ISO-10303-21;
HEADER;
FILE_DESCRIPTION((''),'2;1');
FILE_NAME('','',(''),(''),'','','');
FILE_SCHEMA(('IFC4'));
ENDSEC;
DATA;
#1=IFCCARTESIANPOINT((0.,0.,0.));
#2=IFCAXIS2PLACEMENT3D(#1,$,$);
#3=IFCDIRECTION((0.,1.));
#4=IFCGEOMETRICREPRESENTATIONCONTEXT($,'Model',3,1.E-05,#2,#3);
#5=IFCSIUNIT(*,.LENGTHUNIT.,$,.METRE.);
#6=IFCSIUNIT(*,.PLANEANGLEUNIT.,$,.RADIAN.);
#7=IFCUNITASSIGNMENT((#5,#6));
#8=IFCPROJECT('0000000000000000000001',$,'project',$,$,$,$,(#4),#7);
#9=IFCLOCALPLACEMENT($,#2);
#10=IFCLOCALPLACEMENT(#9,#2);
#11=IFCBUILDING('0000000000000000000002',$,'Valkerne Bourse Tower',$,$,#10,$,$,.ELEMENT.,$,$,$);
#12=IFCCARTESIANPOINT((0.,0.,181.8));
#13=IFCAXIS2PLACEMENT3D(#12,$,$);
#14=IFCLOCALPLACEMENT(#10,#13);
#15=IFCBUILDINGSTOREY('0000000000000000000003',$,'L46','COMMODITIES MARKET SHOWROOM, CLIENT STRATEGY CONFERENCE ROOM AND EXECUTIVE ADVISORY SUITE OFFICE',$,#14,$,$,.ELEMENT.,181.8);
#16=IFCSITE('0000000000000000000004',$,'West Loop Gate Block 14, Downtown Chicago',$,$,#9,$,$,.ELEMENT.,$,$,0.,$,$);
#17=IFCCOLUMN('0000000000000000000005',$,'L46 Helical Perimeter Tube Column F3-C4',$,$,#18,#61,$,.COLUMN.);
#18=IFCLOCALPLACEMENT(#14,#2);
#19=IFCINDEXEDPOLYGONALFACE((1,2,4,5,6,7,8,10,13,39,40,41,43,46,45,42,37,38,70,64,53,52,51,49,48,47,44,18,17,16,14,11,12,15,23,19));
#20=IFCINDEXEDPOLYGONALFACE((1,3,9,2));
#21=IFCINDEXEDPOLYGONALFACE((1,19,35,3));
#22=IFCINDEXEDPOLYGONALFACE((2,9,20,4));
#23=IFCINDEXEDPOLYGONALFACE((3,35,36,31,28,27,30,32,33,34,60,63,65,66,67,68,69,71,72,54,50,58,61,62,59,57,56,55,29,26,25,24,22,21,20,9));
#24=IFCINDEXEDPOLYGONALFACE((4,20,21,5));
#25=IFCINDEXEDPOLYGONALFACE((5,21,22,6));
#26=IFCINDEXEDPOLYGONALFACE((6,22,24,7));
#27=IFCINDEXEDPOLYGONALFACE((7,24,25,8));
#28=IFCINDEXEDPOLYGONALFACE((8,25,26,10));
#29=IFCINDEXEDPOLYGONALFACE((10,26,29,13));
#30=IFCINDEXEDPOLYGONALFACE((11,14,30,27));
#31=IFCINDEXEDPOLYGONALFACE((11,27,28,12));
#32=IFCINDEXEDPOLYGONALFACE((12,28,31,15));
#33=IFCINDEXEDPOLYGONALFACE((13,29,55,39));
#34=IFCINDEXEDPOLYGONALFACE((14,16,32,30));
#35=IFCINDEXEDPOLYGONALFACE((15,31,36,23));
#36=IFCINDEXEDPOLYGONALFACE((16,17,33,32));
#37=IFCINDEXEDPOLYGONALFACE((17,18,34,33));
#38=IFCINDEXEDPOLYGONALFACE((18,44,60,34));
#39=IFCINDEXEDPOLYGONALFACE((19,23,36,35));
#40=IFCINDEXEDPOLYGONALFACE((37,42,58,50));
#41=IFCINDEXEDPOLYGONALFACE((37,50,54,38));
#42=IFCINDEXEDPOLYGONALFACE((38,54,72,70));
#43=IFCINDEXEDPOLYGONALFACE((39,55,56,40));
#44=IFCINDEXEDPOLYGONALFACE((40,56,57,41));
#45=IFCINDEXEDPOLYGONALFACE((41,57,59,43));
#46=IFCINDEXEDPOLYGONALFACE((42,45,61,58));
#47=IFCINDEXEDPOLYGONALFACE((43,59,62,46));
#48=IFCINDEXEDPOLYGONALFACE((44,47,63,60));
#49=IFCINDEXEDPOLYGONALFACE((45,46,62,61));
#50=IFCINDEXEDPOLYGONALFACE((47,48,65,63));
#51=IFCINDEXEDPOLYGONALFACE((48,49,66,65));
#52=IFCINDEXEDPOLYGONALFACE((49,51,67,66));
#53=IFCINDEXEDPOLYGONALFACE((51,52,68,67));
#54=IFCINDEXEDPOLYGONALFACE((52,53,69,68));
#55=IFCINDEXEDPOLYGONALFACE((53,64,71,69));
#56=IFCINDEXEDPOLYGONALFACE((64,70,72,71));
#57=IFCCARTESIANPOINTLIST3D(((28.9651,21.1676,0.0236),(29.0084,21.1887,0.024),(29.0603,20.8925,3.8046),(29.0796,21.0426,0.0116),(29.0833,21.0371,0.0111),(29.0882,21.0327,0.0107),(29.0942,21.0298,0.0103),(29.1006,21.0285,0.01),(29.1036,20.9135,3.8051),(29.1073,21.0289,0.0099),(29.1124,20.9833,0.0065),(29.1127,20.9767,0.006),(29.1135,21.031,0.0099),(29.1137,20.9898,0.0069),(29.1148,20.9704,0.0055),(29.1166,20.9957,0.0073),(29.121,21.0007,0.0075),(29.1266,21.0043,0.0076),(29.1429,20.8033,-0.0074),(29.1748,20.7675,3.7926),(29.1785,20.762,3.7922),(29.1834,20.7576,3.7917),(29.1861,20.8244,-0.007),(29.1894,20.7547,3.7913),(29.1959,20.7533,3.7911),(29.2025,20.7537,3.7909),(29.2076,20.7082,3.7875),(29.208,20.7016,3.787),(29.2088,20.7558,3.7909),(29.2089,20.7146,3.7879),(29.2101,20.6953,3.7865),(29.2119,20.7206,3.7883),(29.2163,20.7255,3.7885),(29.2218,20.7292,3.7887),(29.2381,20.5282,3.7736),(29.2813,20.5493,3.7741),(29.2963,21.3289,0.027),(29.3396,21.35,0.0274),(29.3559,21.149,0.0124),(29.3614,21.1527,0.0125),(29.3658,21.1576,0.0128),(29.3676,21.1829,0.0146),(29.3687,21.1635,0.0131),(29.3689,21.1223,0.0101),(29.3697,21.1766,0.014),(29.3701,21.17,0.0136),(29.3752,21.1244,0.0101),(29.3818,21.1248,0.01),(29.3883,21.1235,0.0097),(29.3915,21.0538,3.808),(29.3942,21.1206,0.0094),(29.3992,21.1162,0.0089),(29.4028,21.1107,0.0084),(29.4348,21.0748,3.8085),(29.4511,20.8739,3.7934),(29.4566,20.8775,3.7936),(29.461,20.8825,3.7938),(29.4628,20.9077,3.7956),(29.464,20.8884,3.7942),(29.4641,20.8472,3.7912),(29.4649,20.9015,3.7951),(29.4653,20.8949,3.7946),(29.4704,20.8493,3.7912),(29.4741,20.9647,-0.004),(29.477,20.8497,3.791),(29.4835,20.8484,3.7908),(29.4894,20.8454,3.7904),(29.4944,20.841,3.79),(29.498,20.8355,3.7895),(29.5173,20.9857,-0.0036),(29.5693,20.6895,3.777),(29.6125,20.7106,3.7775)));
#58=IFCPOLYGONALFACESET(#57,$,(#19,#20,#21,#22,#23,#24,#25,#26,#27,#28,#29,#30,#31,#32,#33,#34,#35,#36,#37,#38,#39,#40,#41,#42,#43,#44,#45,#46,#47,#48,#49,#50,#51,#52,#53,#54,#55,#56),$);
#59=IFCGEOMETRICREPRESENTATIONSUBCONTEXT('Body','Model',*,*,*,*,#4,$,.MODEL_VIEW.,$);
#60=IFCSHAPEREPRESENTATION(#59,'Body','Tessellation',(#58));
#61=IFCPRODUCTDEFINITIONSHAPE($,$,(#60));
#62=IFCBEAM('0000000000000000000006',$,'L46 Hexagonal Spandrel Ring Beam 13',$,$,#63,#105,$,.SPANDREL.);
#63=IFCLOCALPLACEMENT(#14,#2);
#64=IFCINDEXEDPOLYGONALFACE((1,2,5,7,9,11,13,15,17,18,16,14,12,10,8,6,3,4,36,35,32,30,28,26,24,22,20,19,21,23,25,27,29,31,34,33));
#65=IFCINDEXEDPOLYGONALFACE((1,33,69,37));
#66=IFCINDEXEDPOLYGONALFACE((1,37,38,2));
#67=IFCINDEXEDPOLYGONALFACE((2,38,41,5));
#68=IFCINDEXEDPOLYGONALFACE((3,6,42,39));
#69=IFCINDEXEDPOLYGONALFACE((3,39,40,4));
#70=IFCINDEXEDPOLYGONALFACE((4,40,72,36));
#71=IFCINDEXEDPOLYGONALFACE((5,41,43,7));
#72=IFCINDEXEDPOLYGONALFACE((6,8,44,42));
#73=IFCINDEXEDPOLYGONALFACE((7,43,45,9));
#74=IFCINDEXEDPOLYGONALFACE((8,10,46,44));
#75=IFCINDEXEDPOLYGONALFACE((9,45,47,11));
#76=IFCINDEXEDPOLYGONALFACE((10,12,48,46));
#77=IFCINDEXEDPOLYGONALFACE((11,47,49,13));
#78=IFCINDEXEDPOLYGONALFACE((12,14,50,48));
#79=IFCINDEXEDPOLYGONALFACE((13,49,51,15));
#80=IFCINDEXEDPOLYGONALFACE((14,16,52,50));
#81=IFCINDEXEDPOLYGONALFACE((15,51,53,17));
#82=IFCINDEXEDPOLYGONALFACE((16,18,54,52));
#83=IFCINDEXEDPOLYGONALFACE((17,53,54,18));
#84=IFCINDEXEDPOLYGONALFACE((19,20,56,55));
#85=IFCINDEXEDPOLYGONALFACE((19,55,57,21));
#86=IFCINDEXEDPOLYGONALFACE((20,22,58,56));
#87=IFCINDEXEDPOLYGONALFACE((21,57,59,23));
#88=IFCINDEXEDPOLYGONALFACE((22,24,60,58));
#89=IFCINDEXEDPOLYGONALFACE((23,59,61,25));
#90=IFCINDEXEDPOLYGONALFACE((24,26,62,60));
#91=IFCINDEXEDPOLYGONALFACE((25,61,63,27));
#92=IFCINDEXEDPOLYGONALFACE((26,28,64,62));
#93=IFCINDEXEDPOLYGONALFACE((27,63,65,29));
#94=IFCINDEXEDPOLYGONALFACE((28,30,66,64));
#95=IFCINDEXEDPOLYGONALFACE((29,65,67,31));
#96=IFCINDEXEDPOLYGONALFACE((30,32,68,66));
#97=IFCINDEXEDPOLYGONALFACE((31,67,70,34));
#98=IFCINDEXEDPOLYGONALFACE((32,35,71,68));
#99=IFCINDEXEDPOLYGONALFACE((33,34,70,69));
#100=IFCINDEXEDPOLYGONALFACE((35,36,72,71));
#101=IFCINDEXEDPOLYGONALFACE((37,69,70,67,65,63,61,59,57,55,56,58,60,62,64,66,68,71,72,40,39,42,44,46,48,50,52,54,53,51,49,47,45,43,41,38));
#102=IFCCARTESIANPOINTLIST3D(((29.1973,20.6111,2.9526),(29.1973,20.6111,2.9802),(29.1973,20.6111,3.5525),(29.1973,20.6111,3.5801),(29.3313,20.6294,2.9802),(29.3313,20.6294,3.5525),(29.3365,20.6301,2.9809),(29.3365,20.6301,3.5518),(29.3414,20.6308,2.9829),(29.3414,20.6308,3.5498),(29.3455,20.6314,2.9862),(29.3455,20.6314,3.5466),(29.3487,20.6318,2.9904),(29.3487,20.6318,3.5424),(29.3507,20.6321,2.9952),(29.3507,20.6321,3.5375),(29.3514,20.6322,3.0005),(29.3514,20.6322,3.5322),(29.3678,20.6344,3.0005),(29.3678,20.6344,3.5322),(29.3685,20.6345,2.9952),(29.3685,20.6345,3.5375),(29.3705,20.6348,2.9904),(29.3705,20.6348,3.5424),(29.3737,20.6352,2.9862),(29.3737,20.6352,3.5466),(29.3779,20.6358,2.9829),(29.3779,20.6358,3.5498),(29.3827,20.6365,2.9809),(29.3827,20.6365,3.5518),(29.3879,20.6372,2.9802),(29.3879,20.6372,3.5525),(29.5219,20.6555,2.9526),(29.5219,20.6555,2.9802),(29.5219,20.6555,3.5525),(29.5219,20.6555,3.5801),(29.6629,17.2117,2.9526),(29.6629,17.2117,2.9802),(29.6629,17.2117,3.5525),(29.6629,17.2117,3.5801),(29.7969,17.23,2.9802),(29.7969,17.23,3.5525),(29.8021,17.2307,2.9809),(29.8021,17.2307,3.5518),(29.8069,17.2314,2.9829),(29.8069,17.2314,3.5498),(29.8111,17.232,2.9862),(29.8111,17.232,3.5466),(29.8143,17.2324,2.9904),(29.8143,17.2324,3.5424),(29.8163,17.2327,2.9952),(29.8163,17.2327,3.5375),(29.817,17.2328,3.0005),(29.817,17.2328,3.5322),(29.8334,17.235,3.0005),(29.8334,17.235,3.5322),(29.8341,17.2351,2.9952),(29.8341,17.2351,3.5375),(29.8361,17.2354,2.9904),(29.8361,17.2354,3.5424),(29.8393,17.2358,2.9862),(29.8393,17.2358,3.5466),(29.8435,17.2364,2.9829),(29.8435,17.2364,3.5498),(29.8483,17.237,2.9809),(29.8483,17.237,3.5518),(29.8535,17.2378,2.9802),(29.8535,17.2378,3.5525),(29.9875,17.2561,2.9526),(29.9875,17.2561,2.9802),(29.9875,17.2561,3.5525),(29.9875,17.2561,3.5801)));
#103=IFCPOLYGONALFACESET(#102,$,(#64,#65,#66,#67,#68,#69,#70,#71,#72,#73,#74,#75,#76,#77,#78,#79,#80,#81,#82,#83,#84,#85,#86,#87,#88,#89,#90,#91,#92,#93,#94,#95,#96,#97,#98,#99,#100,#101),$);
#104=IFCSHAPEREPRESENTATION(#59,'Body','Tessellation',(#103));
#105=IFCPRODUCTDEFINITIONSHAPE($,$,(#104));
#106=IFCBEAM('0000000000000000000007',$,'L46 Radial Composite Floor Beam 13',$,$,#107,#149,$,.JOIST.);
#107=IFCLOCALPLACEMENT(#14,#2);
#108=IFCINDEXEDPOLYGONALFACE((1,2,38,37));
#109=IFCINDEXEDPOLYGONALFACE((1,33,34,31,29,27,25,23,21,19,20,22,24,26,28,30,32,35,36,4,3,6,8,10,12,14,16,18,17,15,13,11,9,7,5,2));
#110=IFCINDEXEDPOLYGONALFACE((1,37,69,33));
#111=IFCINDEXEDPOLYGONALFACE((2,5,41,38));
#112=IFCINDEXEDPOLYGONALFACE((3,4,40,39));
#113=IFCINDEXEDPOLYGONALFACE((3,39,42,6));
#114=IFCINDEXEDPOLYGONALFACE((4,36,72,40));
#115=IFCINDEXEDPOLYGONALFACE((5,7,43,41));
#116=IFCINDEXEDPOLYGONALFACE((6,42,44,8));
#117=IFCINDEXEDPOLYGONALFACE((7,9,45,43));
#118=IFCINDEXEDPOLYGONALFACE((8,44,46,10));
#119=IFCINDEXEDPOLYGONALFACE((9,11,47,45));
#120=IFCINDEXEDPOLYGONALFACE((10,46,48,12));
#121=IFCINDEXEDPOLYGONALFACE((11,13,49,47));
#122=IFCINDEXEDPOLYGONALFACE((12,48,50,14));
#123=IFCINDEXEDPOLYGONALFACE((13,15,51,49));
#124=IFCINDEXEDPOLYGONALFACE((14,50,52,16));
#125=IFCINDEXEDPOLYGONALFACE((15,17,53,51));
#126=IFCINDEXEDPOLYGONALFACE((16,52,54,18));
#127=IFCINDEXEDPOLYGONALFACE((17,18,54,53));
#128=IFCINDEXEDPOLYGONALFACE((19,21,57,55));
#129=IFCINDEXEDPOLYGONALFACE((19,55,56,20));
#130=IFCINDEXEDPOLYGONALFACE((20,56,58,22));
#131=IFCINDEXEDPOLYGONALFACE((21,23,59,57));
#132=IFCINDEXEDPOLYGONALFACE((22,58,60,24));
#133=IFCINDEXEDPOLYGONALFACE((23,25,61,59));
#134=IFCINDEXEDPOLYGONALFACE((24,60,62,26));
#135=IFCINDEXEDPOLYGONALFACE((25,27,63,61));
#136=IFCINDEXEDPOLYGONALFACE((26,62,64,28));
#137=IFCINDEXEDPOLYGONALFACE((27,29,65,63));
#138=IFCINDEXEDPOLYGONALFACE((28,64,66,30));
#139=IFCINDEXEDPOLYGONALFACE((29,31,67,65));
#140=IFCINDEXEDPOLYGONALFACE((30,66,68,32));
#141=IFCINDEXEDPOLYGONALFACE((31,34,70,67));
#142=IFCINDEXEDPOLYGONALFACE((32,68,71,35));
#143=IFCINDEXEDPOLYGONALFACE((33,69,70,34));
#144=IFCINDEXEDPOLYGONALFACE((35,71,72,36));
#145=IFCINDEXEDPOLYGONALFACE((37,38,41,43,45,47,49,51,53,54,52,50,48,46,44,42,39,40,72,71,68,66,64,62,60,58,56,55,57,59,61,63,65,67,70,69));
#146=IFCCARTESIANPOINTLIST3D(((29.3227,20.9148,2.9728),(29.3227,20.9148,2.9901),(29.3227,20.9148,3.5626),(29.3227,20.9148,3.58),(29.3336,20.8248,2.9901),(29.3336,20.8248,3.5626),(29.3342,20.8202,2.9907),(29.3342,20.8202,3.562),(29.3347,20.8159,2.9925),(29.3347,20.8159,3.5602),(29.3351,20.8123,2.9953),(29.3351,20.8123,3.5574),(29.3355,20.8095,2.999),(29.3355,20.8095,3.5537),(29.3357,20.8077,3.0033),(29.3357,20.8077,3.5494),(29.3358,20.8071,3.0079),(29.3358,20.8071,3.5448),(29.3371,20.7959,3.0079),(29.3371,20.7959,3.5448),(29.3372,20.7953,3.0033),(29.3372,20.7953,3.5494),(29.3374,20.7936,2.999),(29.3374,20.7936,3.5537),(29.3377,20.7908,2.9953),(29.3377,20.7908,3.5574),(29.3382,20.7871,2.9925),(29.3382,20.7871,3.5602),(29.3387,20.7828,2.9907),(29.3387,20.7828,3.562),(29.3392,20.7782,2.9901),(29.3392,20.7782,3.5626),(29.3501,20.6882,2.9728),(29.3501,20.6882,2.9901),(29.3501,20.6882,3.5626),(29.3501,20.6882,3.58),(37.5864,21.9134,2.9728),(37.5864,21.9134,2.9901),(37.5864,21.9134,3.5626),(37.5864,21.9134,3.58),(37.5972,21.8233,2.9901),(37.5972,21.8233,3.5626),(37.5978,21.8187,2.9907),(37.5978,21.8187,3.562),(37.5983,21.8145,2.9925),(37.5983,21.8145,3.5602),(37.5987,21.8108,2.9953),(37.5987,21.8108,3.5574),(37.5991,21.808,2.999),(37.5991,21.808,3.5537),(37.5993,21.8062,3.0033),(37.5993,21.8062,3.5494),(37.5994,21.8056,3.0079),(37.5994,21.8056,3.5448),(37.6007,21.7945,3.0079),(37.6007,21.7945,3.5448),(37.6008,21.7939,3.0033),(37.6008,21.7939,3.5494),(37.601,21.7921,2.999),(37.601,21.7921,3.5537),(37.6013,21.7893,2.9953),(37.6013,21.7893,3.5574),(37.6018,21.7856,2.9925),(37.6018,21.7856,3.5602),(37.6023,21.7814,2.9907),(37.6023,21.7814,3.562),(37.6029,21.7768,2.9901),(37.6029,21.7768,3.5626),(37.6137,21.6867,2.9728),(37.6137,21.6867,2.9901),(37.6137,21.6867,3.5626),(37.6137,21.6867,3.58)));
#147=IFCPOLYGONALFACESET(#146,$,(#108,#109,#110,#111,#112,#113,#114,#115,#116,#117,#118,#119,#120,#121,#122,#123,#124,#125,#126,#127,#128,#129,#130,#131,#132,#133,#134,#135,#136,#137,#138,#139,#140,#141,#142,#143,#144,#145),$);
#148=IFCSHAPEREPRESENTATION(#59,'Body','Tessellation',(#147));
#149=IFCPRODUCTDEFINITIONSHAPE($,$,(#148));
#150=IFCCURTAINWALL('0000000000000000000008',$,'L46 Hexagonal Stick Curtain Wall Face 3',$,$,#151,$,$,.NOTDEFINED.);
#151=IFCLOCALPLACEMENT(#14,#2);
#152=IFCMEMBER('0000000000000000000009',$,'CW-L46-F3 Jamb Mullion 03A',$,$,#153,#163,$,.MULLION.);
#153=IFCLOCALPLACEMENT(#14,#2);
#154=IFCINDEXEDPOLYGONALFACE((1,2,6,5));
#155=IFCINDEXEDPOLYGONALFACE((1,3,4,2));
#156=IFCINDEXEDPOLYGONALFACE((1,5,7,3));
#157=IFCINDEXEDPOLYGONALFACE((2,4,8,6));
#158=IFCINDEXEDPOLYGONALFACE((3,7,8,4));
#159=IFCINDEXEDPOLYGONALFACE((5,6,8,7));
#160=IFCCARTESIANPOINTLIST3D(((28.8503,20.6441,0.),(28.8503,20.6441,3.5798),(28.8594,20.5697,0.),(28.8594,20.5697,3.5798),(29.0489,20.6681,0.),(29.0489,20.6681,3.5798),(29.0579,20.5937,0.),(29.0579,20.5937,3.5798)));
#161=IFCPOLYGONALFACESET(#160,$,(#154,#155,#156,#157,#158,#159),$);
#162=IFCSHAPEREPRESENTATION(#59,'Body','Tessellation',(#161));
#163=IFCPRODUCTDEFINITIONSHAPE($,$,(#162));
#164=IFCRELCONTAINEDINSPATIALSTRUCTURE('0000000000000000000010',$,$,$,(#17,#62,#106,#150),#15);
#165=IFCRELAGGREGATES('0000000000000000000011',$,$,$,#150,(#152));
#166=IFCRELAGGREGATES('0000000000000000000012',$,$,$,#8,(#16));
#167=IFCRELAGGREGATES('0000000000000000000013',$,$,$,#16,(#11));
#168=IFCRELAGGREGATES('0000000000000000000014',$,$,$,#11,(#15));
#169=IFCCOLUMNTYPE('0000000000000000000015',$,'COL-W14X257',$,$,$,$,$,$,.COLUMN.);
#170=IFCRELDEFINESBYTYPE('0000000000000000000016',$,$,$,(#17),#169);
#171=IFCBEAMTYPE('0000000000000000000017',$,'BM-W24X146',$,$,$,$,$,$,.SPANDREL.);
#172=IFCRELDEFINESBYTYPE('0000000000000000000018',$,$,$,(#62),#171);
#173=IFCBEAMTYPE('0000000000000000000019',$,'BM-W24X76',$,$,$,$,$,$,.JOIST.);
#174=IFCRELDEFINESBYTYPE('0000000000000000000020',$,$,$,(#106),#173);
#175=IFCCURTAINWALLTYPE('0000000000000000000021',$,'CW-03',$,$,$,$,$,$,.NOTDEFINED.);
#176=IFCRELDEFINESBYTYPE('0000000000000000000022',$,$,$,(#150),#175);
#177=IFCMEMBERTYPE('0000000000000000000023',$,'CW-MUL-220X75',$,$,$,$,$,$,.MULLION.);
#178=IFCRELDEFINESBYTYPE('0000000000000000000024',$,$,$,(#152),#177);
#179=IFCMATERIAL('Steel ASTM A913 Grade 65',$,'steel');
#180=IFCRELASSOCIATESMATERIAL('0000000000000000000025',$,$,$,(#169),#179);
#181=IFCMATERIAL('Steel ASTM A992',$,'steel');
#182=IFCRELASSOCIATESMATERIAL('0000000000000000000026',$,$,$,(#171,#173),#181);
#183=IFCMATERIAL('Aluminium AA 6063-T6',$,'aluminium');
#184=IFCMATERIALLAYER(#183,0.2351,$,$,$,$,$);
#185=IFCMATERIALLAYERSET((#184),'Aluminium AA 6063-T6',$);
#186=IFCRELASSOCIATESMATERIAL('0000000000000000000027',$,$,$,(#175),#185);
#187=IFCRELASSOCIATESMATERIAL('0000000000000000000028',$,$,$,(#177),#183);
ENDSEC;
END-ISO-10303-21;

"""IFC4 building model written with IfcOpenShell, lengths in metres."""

from ifc_helpers import new_model, si_unit, direction, frame, origin, origin_2d, place, context, subcontext, project, spatial, rectangle, i_section, extrude, material, layer, layer_set, material_profile, profile_set, type_object, element, aggregate, save


model = new_model("IFC4")

# Units and contexts
model_context = context("Model", 3, precision=1e-05, world=origin(), true_north=direction((0.0, 1.0)))
body_context = subcontext(model_context, "Body", "Model", "MODEL_VIEW")
ifc_project = project(units=[si_unit("LENGTHUNIT", "METRE"), si_unit("PLANEANGLEUNIT", "RADIAN")], contexts=[model_context])

# Site, building, storey
site_placement = place(None, origin())
site = spatial("IfcSite", under=ifc_project, at=site_placement, Name="West Loop Gate Block 14, Downtown Chicago", CompositionType="ELEMENT", RefElevation=0.0)
building_placement = place(site_placement, origin())
building = spatial("IfcBuilding", under=site, at=building_placement, Name="Valkerne Bourse Tower", CompositionType="ELEMENT")
storey_placement = place(building_placement, frame((0.0, 0.0, 181.8)))
storey = spatial("IfcBuildingStorey", under=building, at=storey_placement, Name="L46", Description="COMMODITIES MARKET SHOWROOM, CLIENT STRATEGY CONFERENCE ROOM AND EXECUTIVE ADVISORY SUITE OFFICE", CompositionType="ELEMENT", Elevation=181.8)

# Column
ifc_material_1 = material(Name="Steel ASTM A913 Grade 65", Category="steel")
ifc_material_profile_1 = material_profile(ifc_material_1, i_section(OverallWidth=0.4065, OverallDepth=0.4165, WebThickness=0.0298, FlangeThickness=0.0481, FilletRadius=0.0254, at=origin_2d()), Name="W14X257")
ifc_profile_set_1 = profile_set([ifc_material_profile_1], Name="Steel ASTM A913 Grade 65")
column_type = type_object("IfcColumnType", Name="COL-W14X257", PredefinedType="COLUMN", material=ifc_profile_set_1)
column_placement = place(storey_placement, frame((29.2412, 21.0767, 0.01), z_axis=(0.025108, -0.072556, 0.997048), x_axis=(0.437229, -0.896115, -0.076221)))
element("IfcColumn", 1, at=column_placement, inside=storey, type_object=column_type, Name="L46 Helical Perimeter Tube Column F3-C4", PredefinedType="COLUMN", context=body_context, shape_type="SweptSolid", body=[
    extrude(i_section(OverallWidth=0.4065, OverallDepth=0.4165, WebThickness=0.0298, FlangeThickness=0.0481, FilletRadius=0.0254, at=origin_2d()), origin(), (0.0, 0.0, 1.0), 3.7922),
])

# Beams
ifc_material_2 = material(Name="Steel ASTM A992", Category="steel")
ifc_material_profile_2 = material_profile(ifc_material_2, i_section(OverallWidth=0.3276, OverallDepth=0.6274, WebThickness=0.0166, FlangeThickness=0.0276, FilletRadius=0.0203, at=origin_2d()), Name="W24X146")
ifc_profile_set_2 = profile_set([ifc_material_profile_2], Name="Steel ASTM A992")
beam_type_1 = type_object("IfcBeamType", Name="BM-W24X146", PredefinedType="SPANDREL", material=ifc_profile_set_2)
beam_1_placement = place(storey_placement, frame((29.3596, 20.6333, 3.2664), z_axis=(0.135691, -0.990751, 0.0), x_axis=(0.990751, 0.135691, 0.0)))
element("IfcBeam", 2, at=beam_1_placement, inside=storey, type_object=beam_type_1, Name="L46 Hexagonal Spandrel Ring Beam 13", PredefinedType="SPANDREL", context=body_context, shape_type="SweptSolid", body=[
    extrude(i_section(OverallWidth=0.3276, OverallDepth=0.6274, WebThickness=0.0166, FlangeThickness=0.0276, FilletRadius=0.0203, at=origin_2d()), origin(), (0.0, 0.0, 1.0), 3.4312),
])
ifc_material_profile_3 = material_profile(ifc_material_2, i_section(OverallWidth=0.2283, OverallDepth=0.6072, WebThickness=0.0112, FlangeThickness=0.0173, FilletRadius=0.0178, at=origin_2d()), Name="W24X76")
ifc_profile_set_3 = profile_set([ifc_material_profile_3], Name="Steel ASTM A992")
beam_type_2 = type_object("IfcBeamType", Name="BM-W24X76", PredefinedType="JOIST", material=ifc_profile_set_3)
beam_2_placement = place(storey_placement, frame((29.3364, 20.8015, 3.2764), z_axis=(0.992779, 0.119962, 0.0), x_axis=(-0.119962, 0.992779, 0.0)))
element("IfcBeam", 3, at=beam_2_placement, inside=storey, type_object=beam_type_2, Name="L46 Radial Composite Floor Beam 13", PredefinedType="JOIST", context=body_context, shape_type="SweptSolid", body=[
    extrude(i_section(OverallWidth=0.2283, OverallDepth=0.6072, WebThickness=0.0112, FlangeThickness=0.0173, FilletRadius=0.0178, at=origin_2d()), origin(), (0.0, 0.0, 1.0), 8.3237),
])

# Curtain wall, member
ifc_material_3 = material(Name="Aluminium AA 6063-T6", Category="aluminium")
ifc_layer_1 = layer(ifc_material_3, 0.2351)
ifc_layer_set_1 = layer_set([ifc_layer_1], Name="Aluminium AA 6063-T6")
curtain_wall_type = type_object("IfcCurtainWallType", Name="CW-03", PredefinedType="NOTDEFINED", material=ifc_layer_set_1)
curtain_wall_placement = place(storey_placement, origin())
curtain_wall = element("IfcCurtainWall", 4, at=curtain_wall_placement, inside=storey, type_object=curtain_wall_type, Name="L46 Hexagonal Stick Curtain Wall Face 3", PredefinedType="NOTDEFINED")
ifc_material_profile_4 = material_profile(ifc_material_3, rectangle(XDim=0.075, YDim=0.2, at=origin_2d()), Name="CWM-75X200")
ifc_profile_set_4 = profile_set([ifc_material_profile_4], Name="Aluminium AA 6063-T6")
member_type_1 = type_object("IfcMemberType", Name="CW-MUL-220X75", PredefinedType="MULLION", material=ifc_profile_set_4)
member_1_placement = place(storey_placement, frame((28.9541, 20.6189, 0.0), z_axis=(0.0, 0.0, 1.0), x_axis=(0.12013, -0.992758, 0.0)))
member_1 = element("IfcMember", 5, at=member_1_placement, type_object=member_type_1, Name="CW-L46-F3 Jamb Mullion 03A", PredefinedType="MULLION", context=body_context, shape_type="SweptSolid", body=[
    extrude(rectangle(XDim=0.075, YDim=0.2, at=origin_2d()), origin(), (0.0, 0.0, 1.0), 3.5798),
])

aggregate(curtain_wall, [member_1])

save(model, "model.ifc")
